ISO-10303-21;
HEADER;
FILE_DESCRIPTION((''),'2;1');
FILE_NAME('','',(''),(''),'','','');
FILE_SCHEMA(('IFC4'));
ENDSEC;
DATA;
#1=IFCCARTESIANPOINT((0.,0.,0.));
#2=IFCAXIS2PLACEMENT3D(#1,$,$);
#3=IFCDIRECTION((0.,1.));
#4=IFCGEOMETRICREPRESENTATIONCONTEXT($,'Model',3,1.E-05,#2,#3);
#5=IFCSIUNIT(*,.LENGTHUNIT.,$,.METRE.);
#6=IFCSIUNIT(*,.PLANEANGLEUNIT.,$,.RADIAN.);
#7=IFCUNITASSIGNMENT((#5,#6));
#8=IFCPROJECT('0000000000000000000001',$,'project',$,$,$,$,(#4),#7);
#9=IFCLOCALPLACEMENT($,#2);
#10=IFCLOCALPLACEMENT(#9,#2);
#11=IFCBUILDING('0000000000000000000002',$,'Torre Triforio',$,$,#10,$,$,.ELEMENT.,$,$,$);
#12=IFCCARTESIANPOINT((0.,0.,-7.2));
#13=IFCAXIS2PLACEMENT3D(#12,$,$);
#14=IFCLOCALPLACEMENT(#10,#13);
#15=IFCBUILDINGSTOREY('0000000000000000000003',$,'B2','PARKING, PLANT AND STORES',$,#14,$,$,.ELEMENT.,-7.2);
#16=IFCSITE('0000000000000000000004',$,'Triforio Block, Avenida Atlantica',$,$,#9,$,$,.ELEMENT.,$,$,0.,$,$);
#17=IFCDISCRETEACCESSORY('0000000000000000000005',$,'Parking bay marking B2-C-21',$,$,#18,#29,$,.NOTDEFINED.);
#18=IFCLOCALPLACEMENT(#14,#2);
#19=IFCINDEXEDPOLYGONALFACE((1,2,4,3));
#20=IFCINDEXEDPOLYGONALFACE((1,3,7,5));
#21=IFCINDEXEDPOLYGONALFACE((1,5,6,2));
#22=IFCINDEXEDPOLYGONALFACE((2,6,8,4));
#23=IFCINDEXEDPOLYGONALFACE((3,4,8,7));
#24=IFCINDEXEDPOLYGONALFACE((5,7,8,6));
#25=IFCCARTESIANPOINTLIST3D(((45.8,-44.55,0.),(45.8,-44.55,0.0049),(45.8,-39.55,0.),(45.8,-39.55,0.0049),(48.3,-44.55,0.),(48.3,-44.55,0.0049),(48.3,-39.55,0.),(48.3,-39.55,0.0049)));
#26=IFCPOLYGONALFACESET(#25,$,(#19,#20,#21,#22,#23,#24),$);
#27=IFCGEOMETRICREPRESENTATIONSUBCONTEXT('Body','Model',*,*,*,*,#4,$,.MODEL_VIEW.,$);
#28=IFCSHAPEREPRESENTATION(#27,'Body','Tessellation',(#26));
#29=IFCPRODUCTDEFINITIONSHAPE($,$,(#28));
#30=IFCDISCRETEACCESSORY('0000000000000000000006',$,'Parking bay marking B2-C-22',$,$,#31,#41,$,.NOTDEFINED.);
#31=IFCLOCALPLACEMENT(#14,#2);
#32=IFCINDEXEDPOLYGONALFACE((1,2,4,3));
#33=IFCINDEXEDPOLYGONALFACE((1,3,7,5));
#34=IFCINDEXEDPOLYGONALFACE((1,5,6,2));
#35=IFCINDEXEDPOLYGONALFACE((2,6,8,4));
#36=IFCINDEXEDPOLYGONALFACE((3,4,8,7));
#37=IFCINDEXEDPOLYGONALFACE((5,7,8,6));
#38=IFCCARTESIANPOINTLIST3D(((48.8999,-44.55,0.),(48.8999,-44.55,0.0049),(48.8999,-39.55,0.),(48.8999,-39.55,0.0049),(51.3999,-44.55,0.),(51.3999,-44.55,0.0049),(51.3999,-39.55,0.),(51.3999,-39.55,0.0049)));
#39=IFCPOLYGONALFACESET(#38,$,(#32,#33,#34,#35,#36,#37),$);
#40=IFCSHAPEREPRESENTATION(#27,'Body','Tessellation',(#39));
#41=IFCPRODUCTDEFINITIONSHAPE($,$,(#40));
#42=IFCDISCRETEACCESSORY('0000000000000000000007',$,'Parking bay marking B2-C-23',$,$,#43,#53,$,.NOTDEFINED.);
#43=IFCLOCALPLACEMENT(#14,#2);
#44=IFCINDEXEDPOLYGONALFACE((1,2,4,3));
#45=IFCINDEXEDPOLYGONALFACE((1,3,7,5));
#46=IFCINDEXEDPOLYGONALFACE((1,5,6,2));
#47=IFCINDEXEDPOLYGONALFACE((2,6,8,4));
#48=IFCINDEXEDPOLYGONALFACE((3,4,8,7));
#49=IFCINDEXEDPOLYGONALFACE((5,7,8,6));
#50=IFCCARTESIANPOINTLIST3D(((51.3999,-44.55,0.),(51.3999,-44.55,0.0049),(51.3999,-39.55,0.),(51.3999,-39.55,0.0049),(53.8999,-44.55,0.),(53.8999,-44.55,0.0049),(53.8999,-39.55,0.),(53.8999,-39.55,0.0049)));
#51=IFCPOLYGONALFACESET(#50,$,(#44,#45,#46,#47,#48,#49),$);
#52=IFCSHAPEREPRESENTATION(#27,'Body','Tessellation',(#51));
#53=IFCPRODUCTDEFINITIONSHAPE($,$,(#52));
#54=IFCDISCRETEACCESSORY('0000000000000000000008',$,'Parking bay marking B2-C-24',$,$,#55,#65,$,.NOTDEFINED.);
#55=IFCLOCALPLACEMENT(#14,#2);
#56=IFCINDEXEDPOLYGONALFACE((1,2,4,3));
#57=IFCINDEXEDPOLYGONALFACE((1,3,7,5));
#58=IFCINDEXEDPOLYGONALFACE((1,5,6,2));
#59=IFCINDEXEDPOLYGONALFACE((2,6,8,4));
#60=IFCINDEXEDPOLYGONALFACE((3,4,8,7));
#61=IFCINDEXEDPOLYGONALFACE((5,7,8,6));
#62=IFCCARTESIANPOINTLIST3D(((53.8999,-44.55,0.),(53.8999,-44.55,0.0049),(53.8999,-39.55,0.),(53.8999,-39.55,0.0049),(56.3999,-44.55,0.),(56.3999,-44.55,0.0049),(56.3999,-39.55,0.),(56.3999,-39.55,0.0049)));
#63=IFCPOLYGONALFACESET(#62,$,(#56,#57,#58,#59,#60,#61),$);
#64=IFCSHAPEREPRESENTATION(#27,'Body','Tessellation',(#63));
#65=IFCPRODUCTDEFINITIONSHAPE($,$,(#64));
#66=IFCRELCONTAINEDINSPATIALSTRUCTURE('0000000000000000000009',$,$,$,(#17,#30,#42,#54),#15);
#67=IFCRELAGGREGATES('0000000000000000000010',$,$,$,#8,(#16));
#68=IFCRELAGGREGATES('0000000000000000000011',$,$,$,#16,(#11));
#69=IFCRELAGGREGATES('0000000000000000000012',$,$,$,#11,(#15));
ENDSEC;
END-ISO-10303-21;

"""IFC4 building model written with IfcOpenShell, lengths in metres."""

from ifc_helpers import new_model, si_unit, direction, frame, origin, origin_2d, place, context, subcontext, project, spatial, rectangle, extrude, element, save


model = new_model("IFC4")

# Units and contexts
model_context = context("Model", 3, precision=1e-05, world=origin(), true_north=direction((0.0, 1.0)))
body_context = subcontext(model_context, "Body", "Model", "MODEL_VIEW")
ifc_project = project(units=[si_unit("LENGTHUNIT", "METRE"), si_unit("PLANEANGLEUNIT", "RADIAN")], contexts=[model_context])

# Site, building, storey
site_placement = place(None, origin())
site = spatial("IfcSite", under=ifc_project, at=site_placement, Name="Triforio Block, Avenida Atlantica", CompositionType="ELEMENT", RefElevation=0.0)
building_placement = place(site_placement, origin())
building = spatial("IfcBuilding", under=site, at=building_placement, Name="Torre Triforio", CompositionType="ELEMENT")
storey_placement = place(building_placement, frame((0.0, 0.0, -7.2)))
storey = spatial("IfcBuildingStorey", under=building, at=storey_placement, Name="B2", Description="PARKING, PLANT AND STORES", CompositionType="ELEMENT", Elevation=-7.2)

# Discrete accessories
for number, where, z_axis, x_axis, name in (
    (1, (47.05, -42.05, 0.0), (0.0, 0.0, 1.0), (1.0, 0.0, 0.0), "Parking bay marking B2-C-21"),
    (2, (50.1499, -42.05, 0.0), (0.0, 0.0, 1.0), (1.0, 0.0, 0.0), "Parking bay marking B2-C-22"),
    (3, (52.6499, -42.05, 0.0), (0.0, 0.0, 1.0), (1.0, 0.0, 0.0), "Parking bay marking B2-C-23"),
    (4, (55.1499, -42.05, 0.0), (0.0, 0.0, 1.0), (1.0, 0.0, 0.0), "Parking bay marking B2-C-24"),
):
    element("IfcDiscreteAccessory", number, at=place(storey_placement, frame(where, z_axis=z_axis, x_axis=x_axis)), inside=storey, Name=name, PredefinedType="NOTDEFINED", context=body_context, shape_type="SweptSolid", body=[
        extrude(rectangle(XDim=2.5, YDim=5.0, at=origin_2d()), origin(), (0.0, 0.0, 1.0), 0.0049),
    ])

save(model, "model.ifc")
